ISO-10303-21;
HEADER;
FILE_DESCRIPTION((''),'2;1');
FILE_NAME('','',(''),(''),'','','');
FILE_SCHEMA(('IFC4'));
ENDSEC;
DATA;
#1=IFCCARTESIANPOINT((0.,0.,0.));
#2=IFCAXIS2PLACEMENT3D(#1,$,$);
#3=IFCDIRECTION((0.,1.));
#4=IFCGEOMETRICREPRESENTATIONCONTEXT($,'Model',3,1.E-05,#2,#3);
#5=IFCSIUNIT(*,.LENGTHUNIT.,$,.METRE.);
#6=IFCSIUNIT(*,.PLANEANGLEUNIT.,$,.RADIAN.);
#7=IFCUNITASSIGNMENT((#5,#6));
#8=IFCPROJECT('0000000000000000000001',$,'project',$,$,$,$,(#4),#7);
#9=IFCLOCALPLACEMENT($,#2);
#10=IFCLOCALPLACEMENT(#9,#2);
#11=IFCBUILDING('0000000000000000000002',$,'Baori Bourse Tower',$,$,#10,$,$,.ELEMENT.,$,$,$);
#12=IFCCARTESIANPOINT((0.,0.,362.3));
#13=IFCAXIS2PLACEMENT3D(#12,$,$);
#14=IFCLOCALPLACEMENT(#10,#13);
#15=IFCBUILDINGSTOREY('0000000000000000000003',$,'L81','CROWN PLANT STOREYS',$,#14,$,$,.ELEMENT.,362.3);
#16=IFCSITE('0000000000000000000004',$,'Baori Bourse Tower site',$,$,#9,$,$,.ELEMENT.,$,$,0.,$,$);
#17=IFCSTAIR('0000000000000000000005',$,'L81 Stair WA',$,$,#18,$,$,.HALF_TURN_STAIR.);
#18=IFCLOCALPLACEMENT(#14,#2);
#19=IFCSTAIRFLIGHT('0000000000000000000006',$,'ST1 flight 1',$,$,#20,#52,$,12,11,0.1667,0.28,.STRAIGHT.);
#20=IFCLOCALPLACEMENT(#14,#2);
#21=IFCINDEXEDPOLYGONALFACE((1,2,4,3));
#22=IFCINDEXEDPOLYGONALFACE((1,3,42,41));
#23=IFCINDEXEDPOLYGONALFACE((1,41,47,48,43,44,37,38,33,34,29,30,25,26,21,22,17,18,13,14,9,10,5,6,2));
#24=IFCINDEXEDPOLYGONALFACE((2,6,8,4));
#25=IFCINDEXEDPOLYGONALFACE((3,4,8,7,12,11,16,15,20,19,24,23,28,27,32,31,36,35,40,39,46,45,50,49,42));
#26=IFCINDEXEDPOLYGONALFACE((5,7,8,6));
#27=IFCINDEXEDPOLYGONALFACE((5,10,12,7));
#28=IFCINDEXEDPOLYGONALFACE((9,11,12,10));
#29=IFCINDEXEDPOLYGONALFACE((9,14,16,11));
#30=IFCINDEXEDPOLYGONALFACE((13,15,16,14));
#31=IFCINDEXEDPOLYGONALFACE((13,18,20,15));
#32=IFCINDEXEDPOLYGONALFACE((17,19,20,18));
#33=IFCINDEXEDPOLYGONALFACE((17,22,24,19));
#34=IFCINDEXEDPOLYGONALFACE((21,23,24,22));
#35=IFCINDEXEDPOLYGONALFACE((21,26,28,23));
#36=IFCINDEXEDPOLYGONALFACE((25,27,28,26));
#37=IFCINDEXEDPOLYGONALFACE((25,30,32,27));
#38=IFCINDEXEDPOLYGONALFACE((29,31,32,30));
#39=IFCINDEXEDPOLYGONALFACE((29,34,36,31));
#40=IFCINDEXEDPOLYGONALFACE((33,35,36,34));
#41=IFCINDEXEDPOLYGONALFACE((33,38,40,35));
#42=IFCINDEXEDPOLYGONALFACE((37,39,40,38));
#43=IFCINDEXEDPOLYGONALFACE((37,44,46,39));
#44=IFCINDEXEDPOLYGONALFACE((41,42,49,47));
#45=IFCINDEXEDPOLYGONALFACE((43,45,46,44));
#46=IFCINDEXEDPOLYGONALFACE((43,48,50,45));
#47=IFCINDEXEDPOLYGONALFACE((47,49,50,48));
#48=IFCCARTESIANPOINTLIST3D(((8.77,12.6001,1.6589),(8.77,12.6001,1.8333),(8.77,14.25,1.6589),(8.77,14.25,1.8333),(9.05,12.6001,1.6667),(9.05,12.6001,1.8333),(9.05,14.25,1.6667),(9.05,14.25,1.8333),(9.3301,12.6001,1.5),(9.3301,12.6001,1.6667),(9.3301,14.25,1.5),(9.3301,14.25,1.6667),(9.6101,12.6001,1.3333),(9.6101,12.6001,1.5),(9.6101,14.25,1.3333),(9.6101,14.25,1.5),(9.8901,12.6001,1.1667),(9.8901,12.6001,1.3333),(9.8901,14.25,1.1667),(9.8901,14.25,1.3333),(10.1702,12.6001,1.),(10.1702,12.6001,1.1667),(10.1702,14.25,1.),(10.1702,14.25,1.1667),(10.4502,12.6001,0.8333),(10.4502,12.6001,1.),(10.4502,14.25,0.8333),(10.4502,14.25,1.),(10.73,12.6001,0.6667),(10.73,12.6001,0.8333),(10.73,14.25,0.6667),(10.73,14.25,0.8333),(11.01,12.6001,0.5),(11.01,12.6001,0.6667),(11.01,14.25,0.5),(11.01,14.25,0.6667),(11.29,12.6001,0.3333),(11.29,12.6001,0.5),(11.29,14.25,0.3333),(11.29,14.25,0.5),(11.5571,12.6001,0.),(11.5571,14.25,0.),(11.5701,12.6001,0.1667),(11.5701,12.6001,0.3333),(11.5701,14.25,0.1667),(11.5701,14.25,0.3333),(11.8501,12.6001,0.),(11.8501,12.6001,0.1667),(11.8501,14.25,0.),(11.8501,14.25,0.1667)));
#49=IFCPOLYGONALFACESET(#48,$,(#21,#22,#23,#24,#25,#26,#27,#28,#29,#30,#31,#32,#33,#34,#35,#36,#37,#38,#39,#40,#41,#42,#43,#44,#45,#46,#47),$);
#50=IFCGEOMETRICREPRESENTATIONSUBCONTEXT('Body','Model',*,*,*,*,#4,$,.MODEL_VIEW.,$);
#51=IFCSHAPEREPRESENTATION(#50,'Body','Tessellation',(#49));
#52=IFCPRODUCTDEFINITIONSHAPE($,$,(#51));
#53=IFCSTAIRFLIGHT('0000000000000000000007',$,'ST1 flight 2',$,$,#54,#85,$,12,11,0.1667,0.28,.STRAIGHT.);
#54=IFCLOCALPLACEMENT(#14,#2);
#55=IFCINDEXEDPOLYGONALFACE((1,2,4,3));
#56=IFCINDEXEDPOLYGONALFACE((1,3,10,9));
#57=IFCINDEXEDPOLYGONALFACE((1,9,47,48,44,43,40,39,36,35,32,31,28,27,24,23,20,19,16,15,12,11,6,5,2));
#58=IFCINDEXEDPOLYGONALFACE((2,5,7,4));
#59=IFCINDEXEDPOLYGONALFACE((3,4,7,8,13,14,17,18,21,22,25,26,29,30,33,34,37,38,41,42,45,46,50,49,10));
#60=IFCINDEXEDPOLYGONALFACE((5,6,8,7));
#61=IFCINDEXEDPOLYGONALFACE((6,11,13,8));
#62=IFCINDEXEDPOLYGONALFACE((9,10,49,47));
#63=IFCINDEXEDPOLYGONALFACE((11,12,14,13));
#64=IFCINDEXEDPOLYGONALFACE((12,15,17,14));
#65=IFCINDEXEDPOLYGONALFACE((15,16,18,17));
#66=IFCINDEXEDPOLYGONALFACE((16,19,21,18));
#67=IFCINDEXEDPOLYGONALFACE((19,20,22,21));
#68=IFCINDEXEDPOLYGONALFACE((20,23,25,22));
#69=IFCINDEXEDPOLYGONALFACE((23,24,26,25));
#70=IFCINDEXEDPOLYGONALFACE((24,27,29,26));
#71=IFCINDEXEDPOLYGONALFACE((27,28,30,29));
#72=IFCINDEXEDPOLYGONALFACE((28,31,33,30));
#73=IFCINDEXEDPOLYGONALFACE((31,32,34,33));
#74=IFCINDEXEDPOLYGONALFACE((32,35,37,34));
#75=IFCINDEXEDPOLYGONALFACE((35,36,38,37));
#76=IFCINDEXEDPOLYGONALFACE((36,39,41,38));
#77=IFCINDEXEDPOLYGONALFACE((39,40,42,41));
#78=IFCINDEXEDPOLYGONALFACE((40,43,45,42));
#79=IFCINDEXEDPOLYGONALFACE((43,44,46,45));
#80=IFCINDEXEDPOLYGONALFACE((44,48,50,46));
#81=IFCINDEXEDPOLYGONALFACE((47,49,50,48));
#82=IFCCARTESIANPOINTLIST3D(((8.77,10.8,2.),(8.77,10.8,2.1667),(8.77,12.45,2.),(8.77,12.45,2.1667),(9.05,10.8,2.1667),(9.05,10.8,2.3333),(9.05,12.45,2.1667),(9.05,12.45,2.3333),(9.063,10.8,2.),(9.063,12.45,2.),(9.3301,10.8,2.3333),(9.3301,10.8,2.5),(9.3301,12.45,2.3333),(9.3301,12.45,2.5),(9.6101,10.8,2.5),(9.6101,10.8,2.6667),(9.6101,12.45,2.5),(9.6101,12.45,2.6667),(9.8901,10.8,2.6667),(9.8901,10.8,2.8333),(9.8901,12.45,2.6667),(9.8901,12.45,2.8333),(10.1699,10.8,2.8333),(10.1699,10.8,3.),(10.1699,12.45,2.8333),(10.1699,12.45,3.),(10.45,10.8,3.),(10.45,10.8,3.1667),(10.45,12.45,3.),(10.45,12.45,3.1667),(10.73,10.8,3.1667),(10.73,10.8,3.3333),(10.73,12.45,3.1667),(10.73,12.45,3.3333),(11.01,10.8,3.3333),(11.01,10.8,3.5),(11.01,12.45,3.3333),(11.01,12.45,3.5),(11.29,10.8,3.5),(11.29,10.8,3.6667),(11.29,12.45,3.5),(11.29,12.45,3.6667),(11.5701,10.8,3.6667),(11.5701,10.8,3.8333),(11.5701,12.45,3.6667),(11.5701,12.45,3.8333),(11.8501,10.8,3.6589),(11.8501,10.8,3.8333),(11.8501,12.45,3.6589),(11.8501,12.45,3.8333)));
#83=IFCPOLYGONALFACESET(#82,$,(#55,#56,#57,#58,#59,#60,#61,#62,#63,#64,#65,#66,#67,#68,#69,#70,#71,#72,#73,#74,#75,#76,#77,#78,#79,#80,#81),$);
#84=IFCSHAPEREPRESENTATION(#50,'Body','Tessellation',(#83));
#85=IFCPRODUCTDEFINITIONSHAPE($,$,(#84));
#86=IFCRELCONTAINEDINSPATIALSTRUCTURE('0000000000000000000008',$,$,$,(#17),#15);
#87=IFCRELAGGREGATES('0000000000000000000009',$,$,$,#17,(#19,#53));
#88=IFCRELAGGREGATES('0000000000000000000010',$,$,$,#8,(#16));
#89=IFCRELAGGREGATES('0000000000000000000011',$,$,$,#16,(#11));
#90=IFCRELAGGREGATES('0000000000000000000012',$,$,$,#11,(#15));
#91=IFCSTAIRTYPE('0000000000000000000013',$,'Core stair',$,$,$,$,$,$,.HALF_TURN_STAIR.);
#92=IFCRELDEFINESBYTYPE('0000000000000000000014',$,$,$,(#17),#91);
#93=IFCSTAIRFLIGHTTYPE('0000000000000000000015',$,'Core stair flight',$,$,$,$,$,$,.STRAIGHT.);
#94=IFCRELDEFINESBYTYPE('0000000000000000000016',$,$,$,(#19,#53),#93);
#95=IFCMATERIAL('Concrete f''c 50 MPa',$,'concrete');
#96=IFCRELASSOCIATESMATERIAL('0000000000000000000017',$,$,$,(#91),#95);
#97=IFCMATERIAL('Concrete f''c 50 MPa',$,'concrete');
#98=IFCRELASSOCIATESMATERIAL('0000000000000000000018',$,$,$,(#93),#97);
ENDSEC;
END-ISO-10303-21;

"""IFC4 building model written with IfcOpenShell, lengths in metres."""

from ifc_helpers import new_model, si_unit, direction, frame, origin, place, context, subcontext, project, spatial, polyline, outline, extrude, material, type_object, element, aggregate, save


model = new_model("IFC4")

# Units and contexts
model_context = context("Model", 3, precision=1e-05, world=origin(), true_north=direction((0.0, 1.0)))
body_context = subcontext(model_context, "Body", "Model", "MODEL_VIEW")
ifc_project = project(units=[si_unit("LENGTHUNIT", "METRE"), si_unit("PLANEANGLEUNIT", "RADIAN")], contexts=[model_context])

# Site, building, storey
site_placement = place(None, origin())
site = spatial("IfcSite", under=ifc_project, at=site_placement, Name="Baori Bourse Tower site", CompositionType="ELEMENT", RefElevation=0.0)
building_placement = place(site_placement, origin())
building = spatial("IfcBuilding", under=site, at=building_placement, Name="Baori Bourse Tower", CompositionType="ELEMENT")
storey_placement = place(building_placement, frame((0.0, 0.0, 362.3)))
storey = spatial("IfcBuildingStorey", under=building, at=storey_placement, Name="L81", Description="CROWN PLANT STOREYS", CompositionType="ELEMENT", Elevation=362.3)

# Stair
ifc_material_1 = material(Name="Concrete f'c 50 MPa", Category="concrete")
stair_type = type_object("IfcStairType", Name="Core stair", PredefinedType="HALF_TURN_STAIR", material=ifc_material_1)
stair_1_placement = place(storey_placement, origin())
stair_1 = element("IfcStair", 1, at=stair_1_placement, inside=storey, type_object=stair_type, Name="L81 Stair WA", PredefinedType="HALF_TURN_STAIR")

# Stair flights
ifc_material_2 = material(Name="Concrete f'c 50 MPa", Category="concrete")
stair_flight_type = type_object("IfcStairFlightType", Name="Core stair flight", PredefinedType="STRAIGHT", material=ifc_material_2)
stair_flight_1_placement = place(storey_placement, frame((11.8501, 13.425, 0.0), z_axis=(0.0, 0.0, 1.0), x_axis=(-1.0, 0.0, 0.0)))
stair_flight_1 = element("IfcStairFlight", 2, at=stair_flight_1_placement, type_object=stair_flight_type, Name="ST1 flight 1", NumberOfRisers=12, NumberOfTreads=11, PredefinedType="STRAIGHT", RiserHeight=0.1667, TreadLength=0.28, context=body_context, shape_type="SweptSolid", body=[
    extrude(outline(polyline([(0.0, 0.0), (0.0, 0.1667), (0.28, 0.1667), (0.28, 0.3333), (0.5601, 0.3333), (0.5601, 0.5), (0.8401, 0.5), (0.8401, 0.6667), (1.1201, 0.6667), (1.1201, 0.8333), (1.3999, 0.8333), (1.3999, 1.0), (1.6799, 1.0), (1.6799, 1.1667), (1.96, 1.1667), (1.96, 1.3333), (2.24, 1.3333), (2.24, 1.5), (2.52, 1.5), (2.52, 1.6667), (2.8, 1.6667), (2.8, 1.8333), (3.0801, 1.8333), (3.0801, 2.0), (3.0801, 1.6589), (0.293, 0.0), (0.0, 0.0)])), frame((0.0, 0.825, 0.0), z_axis=(0.0, -1.0, 0.0), x_axis=(1.0, 0.0, 0.0)), (0.0, 0.0, 1.0), 1.6499),
])
stair_flight_2_placement = place(storey_placement, frame((8.77, 11.625, 2.0), z_axis=(0.0, 0.0, 1.0), x_axis=(1.0, 0.0, 0.0)))
stair_flight_2 = element("IfcStairFlight", 3, at=stair_flight_2_placement, type_object=stair_flight_type, Name="ST1 flight 2", NumberOfRisers=12, NumberOfTreads=11, PredefinedType="STRAIGHT", RiserHeight=0.1667, TreadLength=0.28, context=body_context, shape_type="SweptSolid", body=[
    extrude(outline(polyline([(0.0, 0.0), (0.0, 0.1667), (0.28, 0.1667), (0.28, 0.3333), (0.5601, 0.3333), (0.5601, 0.5), (0.8401, 0.5), (0.8401, 0.6667), (1.1201, 0.6667), (1.1201, 0.8333), (1.3999, 0.8333), (1.3999, 1.0), (1.6799, 1.0), (1.6799, 1.1667), (1.96, 1.1667), (1.96, 1.3333), (2.24, 1.3333), (2.24, 1.5), (2.52, 1.5), (2.52, 1.6667), (2.8, 1.6667), (2.8, 1.8333), (3.0801, 1.8333), (3.0801, 2.0), (3.0801, 1.6589), (0.293, 0.0), (0.0, 0.0)])), frame((0.0, 0.825, 0.0), z_axis=(0.0, -1.0, 0.0), x_axis=(1.0, 0.0, 0.0)), (0.0, 0.0, 1.0), 1.6499),
])
aggregate(stair_1, [stair_flight_1, stair_flight_2])

save(model, "model.ifc")
